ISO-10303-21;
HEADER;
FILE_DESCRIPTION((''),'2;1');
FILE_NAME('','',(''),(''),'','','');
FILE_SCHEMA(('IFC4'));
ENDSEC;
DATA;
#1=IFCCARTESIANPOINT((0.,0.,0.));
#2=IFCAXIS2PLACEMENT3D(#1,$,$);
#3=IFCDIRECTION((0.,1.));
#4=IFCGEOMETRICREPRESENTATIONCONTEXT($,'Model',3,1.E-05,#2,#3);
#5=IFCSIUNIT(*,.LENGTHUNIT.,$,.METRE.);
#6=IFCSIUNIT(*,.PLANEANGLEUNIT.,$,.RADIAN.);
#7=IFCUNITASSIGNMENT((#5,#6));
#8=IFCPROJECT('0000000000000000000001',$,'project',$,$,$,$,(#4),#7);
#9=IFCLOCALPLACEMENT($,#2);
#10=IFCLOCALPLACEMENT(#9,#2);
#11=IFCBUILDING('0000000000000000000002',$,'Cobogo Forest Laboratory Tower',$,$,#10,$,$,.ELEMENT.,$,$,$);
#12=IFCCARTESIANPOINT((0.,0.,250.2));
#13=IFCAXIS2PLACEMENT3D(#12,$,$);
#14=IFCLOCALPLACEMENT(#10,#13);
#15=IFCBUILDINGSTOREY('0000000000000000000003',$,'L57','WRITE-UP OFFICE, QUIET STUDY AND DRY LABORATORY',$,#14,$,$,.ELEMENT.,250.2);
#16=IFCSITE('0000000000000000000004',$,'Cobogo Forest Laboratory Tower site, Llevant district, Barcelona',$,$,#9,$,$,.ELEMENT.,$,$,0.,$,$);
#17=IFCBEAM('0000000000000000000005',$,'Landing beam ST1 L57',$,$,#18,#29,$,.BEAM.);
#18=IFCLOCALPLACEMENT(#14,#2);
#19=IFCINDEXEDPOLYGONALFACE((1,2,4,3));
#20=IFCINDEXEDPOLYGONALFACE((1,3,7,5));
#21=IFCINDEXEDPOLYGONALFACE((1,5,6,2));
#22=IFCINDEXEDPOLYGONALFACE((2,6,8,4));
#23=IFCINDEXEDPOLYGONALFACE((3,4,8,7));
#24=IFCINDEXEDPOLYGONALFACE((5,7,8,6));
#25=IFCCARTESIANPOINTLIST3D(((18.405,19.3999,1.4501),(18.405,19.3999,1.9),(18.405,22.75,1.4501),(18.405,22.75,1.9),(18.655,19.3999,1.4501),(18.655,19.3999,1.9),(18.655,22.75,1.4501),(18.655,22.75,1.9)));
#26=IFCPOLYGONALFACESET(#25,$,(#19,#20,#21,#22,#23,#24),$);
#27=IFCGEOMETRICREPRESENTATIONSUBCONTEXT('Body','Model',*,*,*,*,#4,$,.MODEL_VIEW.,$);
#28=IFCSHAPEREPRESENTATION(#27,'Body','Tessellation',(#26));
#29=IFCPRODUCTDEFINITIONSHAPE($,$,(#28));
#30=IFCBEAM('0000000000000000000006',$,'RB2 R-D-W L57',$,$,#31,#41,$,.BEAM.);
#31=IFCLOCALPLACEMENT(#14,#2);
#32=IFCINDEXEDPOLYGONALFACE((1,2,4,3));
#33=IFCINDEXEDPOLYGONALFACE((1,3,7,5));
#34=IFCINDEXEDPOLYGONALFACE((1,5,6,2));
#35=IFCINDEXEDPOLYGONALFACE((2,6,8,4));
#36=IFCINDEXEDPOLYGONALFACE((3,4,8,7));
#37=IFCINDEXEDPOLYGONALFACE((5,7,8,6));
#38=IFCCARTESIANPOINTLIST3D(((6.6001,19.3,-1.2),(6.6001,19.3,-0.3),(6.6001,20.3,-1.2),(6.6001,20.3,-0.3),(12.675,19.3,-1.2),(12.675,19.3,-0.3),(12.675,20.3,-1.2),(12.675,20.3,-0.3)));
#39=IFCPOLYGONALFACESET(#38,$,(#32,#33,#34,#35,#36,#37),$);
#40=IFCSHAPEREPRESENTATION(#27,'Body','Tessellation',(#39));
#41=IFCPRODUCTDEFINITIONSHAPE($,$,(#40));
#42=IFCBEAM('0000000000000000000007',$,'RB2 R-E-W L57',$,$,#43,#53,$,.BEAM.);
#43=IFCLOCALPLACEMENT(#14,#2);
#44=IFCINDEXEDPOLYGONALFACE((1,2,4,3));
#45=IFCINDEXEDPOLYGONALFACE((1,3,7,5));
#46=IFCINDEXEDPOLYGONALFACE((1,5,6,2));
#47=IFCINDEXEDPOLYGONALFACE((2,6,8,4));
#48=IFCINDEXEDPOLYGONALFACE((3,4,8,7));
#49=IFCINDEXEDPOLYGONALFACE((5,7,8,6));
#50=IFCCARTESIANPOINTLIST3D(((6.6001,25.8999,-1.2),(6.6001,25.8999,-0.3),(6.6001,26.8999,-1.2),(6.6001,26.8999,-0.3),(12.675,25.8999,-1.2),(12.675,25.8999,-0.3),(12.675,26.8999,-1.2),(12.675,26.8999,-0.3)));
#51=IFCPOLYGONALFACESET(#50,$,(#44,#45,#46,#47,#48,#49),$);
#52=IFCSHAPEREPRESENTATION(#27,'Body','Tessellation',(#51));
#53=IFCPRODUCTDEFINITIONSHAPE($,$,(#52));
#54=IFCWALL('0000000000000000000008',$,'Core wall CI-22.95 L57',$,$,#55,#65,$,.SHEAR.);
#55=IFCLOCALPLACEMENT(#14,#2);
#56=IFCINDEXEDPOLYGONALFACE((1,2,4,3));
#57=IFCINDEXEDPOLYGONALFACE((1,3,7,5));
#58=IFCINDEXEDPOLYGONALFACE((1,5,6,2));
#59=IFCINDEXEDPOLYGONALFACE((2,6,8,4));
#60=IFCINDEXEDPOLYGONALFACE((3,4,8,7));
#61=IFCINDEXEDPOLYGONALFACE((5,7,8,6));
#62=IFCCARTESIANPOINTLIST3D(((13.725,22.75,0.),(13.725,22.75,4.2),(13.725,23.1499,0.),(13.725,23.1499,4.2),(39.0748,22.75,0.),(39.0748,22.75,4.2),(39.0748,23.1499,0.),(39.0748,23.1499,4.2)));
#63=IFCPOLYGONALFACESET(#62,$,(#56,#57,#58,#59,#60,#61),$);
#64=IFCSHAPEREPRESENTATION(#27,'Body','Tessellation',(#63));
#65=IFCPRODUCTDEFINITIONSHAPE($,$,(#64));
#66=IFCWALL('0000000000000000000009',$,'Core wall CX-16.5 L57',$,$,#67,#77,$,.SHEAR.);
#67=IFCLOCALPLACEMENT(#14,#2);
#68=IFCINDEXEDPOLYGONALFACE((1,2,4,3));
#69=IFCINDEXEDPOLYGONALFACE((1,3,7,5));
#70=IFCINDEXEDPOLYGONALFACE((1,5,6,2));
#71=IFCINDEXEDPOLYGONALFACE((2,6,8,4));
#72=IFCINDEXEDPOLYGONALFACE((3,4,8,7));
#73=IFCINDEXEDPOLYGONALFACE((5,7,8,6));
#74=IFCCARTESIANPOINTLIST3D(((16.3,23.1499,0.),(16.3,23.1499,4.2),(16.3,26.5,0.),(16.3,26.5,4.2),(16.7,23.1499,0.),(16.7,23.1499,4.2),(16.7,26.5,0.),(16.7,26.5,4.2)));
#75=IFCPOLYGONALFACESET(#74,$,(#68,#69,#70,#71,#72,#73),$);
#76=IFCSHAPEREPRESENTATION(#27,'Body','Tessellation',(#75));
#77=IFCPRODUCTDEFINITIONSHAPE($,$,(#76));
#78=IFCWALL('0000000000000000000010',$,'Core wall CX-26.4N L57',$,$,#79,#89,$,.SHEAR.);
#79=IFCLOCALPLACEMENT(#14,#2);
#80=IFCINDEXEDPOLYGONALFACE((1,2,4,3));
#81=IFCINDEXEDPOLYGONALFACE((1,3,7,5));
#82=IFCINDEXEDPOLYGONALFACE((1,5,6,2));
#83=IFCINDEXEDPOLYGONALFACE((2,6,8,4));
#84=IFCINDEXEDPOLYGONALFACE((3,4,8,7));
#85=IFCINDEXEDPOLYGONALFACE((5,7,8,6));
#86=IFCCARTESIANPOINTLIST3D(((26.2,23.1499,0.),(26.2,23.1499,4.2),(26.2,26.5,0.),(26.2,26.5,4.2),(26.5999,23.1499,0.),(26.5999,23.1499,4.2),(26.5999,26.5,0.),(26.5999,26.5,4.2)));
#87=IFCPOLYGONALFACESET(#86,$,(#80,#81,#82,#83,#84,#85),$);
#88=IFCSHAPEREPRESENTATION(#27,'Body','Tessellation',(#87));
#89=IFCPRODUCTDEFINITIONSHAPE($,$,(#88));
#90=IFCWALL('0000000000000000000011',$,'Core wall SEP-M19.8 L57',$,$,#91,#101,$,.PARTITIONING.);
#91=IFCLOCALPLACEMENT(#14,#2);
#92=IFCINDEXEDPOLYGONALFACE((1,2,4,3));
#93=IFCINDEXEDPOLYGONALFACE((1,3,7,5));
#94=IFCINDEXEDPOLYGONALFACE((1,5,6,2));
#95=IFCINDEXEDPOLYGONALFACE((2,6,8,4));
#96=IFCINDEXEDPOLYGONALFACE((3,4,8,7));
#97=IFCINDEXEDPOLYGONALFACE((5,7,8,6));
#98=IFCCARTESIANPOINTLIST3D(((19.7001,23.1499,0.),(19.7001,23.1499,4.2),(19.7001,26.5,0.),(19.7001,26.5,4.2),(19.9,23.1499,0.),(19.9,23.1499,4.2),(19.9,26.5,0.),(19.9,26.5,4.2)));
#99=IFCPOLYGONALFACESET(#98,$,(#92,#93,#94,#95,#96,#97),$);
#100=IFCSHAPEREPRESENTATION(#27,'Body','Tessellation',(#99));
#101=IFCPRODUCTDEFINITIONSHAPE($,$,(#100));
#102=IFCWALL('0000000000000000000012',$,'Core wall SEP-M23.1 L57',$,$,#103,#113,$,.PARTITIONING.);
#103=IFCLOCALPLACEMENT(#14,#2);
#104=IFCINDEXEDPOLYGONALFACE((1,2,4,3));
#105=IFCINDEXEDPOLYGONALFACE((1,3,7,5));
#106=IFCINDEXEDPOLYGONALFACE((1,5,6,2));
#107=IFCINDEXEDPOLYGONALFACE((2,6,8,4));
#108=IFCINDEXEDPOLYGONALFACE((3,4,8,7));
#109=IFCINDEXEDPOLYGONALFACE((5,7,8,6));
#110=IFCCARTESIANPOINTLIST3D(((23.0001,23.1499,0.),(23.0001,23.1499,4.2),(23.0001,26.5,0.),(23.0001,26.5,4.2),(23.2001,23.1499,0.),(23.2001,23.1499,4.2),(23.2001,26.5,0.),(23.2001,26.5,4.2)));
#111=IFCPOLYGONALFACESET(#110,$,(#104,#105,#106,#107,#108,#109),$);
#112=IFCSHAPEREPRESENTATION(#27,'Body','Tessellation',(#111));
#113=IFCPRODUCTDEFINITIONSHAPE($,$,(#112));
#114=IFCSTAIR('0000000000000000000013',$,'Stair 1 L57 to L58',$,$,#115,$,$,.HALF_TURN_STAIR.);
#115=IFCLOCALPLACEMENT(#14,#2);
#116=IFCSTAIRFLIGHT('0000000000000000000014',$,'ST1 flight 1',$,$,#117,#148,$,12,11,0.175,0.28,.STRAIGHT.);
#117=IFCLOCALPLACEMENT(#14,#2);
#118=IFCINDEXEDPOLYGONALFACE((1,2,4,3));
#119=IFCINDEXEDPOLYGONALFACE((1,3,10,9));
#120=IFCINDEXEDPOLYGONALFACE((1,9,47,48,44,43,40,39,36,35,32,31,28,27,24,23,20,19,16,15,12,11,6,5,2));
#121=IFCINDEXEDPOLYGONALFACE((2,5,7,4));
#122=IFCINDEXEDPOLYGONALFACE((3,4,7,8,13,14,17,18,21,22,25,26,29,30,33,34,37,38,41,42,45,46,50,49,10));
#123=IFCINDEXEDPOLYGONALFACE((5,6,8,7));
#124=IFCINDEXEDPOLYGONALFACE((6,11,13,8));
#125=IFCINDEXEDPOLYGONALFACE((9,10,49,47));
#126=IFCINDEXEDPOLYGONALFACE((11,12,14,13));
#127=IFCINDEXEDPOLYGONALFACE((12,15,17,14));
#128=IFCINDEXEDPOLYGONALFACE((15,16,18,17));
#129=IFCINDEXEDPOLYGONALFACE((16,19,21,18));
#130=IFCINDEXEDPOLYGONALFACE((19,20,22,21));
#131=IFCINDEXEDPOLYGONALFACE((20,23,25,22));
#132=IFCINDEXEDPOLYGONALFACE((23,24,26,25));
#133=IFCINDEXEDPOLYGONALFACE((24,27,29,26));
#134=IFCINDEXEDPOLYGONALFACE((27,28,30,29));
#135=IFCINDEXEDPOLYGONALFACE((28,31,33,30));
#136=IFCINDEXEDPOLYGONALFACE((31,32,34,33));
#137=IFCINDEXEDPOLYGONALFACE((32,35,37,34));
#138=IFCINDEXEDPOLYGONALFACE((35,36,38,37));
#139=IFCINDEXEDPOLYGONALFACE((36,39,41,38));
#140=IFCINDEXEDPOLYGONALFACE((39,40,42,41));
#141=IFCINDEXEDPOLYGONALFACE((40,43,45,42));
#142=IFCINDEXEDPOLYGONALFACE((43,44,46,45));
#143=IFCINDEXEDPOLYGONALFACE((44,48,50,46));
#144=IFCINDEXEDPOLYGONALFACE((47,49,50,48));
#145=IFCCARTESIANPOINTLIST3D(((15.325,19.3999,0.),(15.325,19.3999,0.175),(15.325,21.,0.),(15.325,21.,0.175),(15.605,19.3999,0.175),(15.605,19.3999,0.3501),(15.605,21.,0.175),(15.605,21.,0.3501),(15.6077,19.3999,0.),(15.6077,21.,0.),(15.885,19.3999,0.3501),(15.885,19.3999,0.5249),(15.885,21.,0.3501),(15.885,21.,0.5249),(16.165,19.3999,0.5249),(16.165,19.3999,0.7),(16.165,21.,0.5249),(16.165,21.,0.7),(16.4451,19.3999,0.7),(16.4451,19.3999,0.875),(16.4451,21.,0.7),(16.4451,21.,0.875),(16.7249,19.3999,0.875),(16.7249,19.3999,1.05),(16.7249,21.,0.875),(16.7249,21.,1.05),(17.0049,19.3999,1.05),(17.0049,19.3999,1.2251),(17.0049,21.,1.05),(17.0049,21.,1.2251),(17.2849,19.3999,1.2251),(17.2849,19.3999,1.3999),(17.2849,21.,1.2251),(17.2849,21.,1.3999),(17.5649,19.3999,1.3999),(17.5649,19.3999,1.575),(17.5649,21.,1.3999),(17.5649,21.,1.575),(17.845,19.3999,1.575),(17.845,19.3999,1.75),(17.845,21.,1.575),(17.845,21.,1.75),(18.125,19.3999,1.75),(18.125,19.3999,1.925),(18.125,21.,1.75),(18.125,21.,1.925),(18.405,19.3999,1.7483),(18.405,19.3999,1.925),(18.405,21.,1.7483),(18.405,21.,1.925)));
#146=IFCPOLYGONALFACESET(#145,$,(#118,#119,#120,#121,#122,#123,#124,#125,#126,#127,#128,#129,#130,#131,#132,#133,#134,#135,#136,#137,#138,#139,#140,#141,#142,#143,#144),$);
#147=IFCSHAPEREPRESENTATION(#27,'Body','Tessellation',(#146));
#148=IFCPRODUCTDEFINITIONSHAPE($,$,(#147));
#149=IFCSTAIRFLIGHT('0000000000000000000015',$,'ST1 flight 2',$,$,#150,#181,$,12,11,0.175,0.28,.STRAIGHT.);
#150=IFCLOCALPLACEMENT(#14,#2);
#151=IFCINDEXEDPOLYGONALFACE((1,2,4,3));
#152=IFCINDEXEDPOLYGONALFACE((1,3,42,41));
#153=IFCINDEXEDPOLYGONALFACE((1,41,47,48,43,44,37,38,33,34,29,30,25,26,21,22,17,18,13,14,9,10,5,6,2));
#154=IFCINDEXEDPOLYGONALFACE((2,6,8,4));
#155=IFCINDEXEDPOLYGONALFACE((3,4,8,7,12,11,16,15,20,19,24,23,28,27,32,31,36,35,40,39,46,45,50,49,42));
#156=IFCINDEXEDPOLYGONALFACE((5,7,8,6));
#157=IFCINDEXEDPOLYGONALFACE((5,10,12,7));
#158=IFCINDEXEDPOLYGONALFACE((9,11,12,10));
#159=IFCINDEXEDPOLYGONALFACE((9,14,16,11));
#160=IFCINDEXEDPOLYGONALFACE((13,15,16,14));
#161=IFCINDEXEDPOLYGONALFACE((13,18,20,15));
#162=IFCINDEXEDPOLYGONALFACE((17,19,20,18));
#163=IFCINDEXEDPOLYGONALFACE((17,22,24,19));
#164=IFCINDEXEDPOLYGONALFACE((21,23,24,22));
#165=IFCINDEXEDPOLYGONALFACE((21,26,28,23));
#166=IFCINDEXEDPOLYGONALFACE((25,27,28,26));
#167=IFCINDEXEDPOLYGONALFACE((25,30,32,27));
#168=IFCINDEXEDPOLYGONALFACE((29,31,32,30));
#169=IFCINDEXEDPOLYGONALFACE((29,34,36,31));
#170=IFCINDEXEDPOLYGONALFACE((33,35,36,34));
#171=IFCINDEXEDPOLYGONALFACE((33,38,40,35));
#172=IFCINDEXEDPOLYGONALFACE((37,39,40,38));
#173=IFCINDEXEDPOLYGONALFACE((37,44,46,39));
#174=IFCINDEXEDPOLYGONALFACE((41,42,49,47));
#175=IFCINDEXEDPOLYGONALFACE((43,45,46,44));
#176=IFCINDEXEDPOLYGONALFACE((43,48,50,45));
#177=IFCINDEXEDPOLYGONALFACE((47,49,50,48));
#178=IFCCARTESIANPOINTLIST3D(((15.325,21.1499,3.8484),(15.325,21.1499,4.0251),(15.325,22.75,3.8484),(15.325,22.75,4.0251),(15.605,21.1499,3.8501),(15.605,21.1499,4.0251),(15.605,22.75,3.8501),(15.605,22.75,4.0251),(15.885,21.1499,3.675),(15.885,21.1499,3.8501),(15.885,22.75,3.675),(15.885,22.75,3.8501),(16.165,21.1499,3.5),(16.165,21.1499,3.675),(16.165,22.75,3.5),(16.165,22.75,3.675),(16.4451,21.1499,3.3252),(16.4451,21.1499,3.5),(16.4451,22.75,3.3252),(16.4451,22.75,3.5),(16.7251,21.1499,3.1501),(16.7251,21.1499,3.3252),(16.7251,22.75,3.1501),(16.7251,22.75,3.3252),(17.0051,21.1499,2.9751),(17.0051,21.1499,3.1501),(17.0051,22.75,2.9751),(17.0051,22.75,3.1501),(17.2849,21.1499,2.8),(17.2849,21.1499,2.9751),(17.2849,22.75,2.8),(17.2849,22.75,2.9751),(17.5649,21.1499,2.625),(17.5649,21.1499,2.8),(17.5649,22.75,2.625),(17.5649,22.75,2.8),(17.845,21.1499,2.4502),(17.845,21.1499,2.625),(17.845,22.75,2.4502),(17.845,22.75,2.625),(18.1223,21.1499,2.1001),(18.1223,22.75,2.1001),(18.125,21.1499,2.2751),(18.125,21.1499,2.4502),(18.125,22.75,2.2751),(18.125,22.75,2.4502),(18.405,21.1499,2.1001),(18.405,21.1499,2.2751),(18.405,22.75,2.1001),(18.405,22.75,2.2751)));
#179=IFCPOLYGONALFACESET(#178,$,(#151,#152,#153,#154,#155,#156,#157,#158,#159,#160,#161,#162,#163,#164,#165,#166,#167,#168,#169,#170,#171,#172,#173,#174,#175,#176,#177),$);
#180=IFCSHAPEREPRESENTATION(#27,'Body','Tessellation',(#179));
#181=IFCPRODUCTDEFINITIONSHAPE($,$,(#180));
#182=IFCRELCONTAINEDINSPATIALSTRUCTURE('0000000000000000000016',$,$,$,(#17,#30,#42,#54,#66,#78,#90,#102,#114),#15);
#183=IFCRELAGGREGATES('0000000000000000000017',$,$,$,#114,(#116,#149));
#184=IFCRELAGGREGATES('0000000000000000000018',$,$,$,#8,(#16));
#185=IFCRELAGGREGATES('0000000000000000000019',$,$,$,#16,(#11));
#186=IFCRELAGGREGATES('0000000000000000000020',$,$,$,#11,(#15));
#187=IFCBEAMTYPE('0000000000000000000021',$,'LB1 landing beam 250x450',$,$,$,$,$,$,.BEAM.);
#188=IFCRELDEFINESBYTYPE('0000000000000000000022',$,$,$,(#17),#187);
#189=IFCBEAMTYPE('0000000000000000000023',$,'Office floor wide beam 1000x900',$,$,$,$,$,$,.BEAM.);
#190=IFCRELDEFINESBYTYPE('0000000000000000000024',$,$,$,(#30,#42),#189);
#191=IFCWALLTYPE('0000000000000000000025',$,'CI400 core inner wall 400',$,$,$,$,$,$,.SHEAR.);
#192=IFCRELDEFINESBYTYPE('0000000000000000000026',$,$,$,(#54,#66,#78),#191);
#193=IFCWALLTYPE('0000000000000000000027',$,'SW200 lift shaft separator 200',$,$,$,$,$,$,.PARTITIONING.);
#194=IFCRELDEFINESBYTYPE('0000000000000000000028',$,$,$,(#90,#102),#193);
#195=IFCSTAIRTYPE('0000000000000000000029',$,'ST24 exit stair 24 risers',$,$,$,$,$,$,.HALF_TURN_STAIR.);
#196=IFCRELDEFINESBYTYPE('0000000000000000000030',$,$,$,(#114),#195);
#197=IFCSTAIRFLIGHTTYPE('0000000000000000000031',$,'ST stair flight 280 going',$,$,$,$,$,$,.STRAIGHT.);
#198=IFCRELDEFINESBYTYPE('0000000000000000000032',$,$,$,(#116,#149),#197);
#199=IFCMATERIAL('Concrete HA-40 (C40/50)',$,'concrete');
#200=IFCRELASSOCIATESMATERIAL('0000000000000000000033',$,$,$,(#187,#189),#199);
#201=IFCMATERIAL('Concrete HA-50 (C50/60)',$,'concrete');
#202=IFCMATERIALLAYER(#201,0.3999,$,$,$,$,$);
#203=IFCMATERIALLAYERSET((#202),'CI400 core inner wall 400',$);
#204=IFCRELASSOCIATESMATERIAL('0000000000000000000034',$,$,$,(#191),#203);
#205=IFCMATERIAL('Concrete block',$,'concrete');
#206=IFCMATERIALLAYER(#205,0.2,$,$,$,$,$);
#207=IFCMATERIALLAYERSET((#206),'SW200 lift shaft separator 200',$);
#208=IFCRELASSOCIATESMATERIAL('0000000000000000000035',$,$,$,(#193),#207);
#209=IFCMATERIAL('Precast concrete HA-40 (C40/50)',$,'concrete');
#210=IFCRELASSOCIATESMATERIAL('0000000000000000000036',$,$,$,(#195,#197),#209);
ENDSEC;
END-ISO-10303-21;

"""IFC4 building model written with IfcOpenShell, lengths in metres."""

from ifc_helpers import new_model, si_unit, direction, frame, frame_2d, origin, origin_2d, place, context, subcontext, project, spatial, polyline, rectangle, outline, extrude, material, layer, layer_set, material_profile, profile_set, type_object, element, aggregate, save


model = new_model("IFC4")

# Units and contexts
model_context = context("Model", 3, precision=1e-05, world=origin(), true_north=direction((0.0, 1.0)))
body_context = subcontext(model_context, "Body", "Model", "MODEL_VIEW")
ifc_project = project(units=[si_unit("LENGTHUNIT", "METRE"), si_unit("PLANEANGLEUNIT", "RADIAN")], contexts=[model_context])

# Site, building, storey
site_placement = place(None, origin())
site = spatial("IfcSite", under=ifc_project, at=site_placement, Name="Cobogo Forest Laboratory Tower site, Llevant district, Barcelona", CompositionType="ELEMENT", RefElevation=0.0)
building_placement = place(site_placement, origin())
building = spatial("IfcBuilding", under=site, at=building_placement, Name="Cobogo Forest Laboratory Tower", CompositionType="ELEMENT")
storey_placement = place(building_placement, frame((0.0, 0.0, 250.2)))
storey = spatial("IfcBuildingStorey", under=building, at=storey_placement, Name="L57", Description="WRITE-UP OFFICE, QUIET STUDY AND DRY LABORATORY", CompositionType="ELEMENT", Elevation=250.2)

# Beams
ifc_material_1 = material(Name="Concrete HA-40 (C40/50)", Category="concrete")
ifc_material_profile_1 = material_profile(ifc_material_1, rectangle(XDim=0.25, YDim=0.45, at=origin_2d()), Name="RC 250x450")
ifc_profile_set_1 = profile_set([ifc_material_profile_1], Name="Concrete HA-40 (C40/50)")
beam_type_1 = type_object("IfcBeamType", Name="LB1 landing beam 250x450", PredefinedType="BEAM", material=ifc_profile_set_1)
beam_placement = place(storey_placement, frame((18.53, 19.3999, 1.675), z_axis=(0.0, 1.0, 0.0), x_axis=(-1.0, 0.0, 0.0)))
element("IfcBeam", 1, at=beam_placement, inside=storey, type_object=beam_type_1, Name="Landing beam ST1 L57", PredefinedType="BEAM", context=body_context, shape_type="SweptSolid", body=[
    extrude(rectangle(XDim=0.25, YDim=0.45, at=origin_2d()), origin(), (0.0, 0.0, 1.0), 3.3501),
])
ifc_material_profile_2 = material_profile(ifc_material_1, rectangle(XDim=1.0, YDim=0.8999, at=origin_2d()), Name="RC 1000x900")
ifc_profile_set_2 = profile_set([ifc_material_profile_2], Name="Concrete HA-40 (C40/50)")
beam_type_2 = type_object("IfcBeamType", Name="Office floor wide beam 1000x900", PredefinedType="BEAM", material=ifc_profile_set_2)
for number, where, z_axis, x_axis, name in (
    (2, (12.675, 19.8, -0.75), (-1.0, 0.0, 0.0), (0.0, -1.0, 0.0), "RB2 R-D-W L57"),
    (3, (12.675, 26.3999, -0.75), (-1.0, 0.0, 0.0), (0.0, -1.0, 0.0), "RB2 R-E-W L57"),
):
    element("IfcBeam", number, at=place(storey_placement, frame(where, z_axis=z_axis, x_axis=x_axis)), inside=storey, type_object=beam_type_2, Name=name, PredefinedType="BEAM", context=body_context, shape_type="SweptSolid", body=[
        extrude(rectangle(XDim=1.0, YDim=0.8999, at=origin_2d()), origin(), (0.0, 0.0, 1.0), 6.075),
    ])

# Walls
ifc_material_2 = material(Name="Concrete HA-50 (C50/60)", Category="concrete")
ifc_layer_1 = layer(ifc_material_2, 0.3999)
ifc_layer_set_1 = layer_set([ifc_layer_1], Name="CI400 core inner wall 400")
wall_type_1 = type_object("IfcWallType", Name="CI400 core inner wall 400", PredefinedType="SHEAR", material=ifc_layer_set_1)
wall_placement = place(storey_placement, frame((13.7251, 22.95, 0.0), z_axis=(0.0, 0.0, 1.0), x_axis=(1.0, 0.0, 0.0)))
element("IfcWall", 4, at=wall_placement, inside=storey, type_object=wall_type_1, Name="Core wall CI-22.95 L57", PredefinedType="SHEAR", context=body_context, shape_type="SweptSolid", body=[
    extrude(rectangle(XDim=25.3499, YDim=0.3999, at=frame_2d((12.6748, 0.0))), origin(), (0.0, 0.0, 1.0), 4.2),
])
for number, where, z_axis, x_axis, name in (
    (5, (16.5, 23.1499, 0.0), (0.0, 0.0, 1.0), (0.0, 1.0, 0.0), "Core wall CX-16.5 L57"),
    (6, (26.3999, 23.1499, 0.0), (0.0, 0.0, 1.0), (0.0, 1.0, 0.0), "Core wall CX-26.4N L57"),
):
    element("IfcWall", number, at=place(storey_placement, frame(where, z_axis=z_axis, x_axis=x_axis)), inside=storey, type_object=wall_type_1, Name=name, PredefinedType="SHEAR", context=body_context, shape_type="SweptSolid", body=[
        extrude(rectangle(XDim=3.3501, YDim=0.3999, at=frame_2d((1.675, 0.0))), origin(), (0.0, 0.0, 1.0), 4.2),
    ])
ifc_material_3 = material(Name="Concrete block", Category="concrete")
ifc_layer_2 = layer(ifc_material_3, 0.2)
ifc_layer_set_2 = layer_set([ifc_layer_2], Name="SW200 lift shaft separator 200")
wall_type_2 = type_object("IfcWallType", Name="SW200 lift shaft separator 200", PredefinedType="PARTITIONING", material=ifc_layer_set_2)
for number, where, z_axis, x_axis, name in (
    (7, (19.8, 23.1499, 0.0), (0.0, 0.0, 1.0), (0.0, 1.0, 0.0), "Core wall SEP-M19.8 L57"),
    (8, (23.1001, 23.1499, 0.0), (0.0, 0.0, 1.0), (0.0, 1.0, 0.0), "Core wall SEP-M23.1 L57"),
):
    element("IfcWall", number, at=place(storey_placement, frame(where, z_axis=z_axis, x_axis=x_axis)), inside=storey, type_object=wall_type_2, Name=name, PredefinedType="PARTITIONING", context=body_context, shape_type="SweptSolid", body=[
        extrude(rectangle(XDim=3.3501, YDim=0.2, at=frame_2d((1.675, 0.0))), origin(), (0.0, 0.0, 1.0), 4.2),
    ])

# Stair, stair flights
ifc_material_4 = material(Name="Precast concrete HA-40 (C40/50)", Category="concrete")
stair_type = type_object("IfcStairType", Name="ST24 exit stair 24 risers", PredefinedType="HALF_TURN_STAIR", material=ifc_material_4)
stair_placement = place(storey_placement, origin())
stair = element("IfcStair", 9, at=stair_placement, inside=storey, type_object=stair_type, Name="Stair 1 L57 to L58", PredefinedType="HALF_TURN_STAIR")
stair_flight_type = type_object("IfcStairFlightType", Name="ST stair flight 280 going", PredefinedType="STRAIGHT", material=ifc_material_4)
stair_flight_1_placement = place(storey_placement, frame((15.325, 20.2, 0.0), z_axis=(0.0, 0.0, 1.0), x_axis=(1.0, 0.0, 0.0)))
stair_flight_1 = element("IfcStairFlight", 10, at=stair_flight_1_placement, type_object=stair_flight_type, Name="ST1 flight 1", NumberOfRisers=12, NumberOfTreads=11, PredefinedType="STRAIGHT", RiserHeight=0.175, TreadLength=0.28, context=body_context, shape_type="SweptSolid", body=[
    extrude(outline(polyline([(0.0, 0.0), (0.0, 0.175), (0.28, 0.175), (0.28, 0.3501), (0.5601, 0.3501), (0.5601, 0.5249), (0.8401, 0.5249), (0.8401, 0.7), (1.1201, 0.7), (1.1201, 0.875), (1.3999, 0.875), (1.3999, 1.05), (1.6799, 1.05), (1.6799, 1.2251), (1.96, 1.2251), (1.96, 1.3999), (2.24, 1.3999), (2.24, 1.575), (2.52, 1.575), (2.52, 1.75), (2.8, 1.75), (2.8, 1.925), (3.0801, 1.925), (3.0801, 2.1001), (3.0801, 1.7483), (0.2827, 0.0), (0.0, 0.0)])), frame((0.0, 0.8, 0.0), z_axis=(0.0, -1.0, 0.0), x_axis=(1.0, 0.0, 0.0)), (0.0, 0.0, 1.0), 1.6001),
])
stair_flight_2_placement = place(storey_placement, frame((18.405, 21.95, 2.1001), z_axis=(0.0, 0.0, 1.0), x_axis=(-1.0, 0.0, 0.0)))
stair_flight_2 = element("IfcStairFlight", 11, at=stair_flight_2_placement, type_object=stair_flight_type, Name="ST1 flight 2", NumberOfRisers=12, NumberOfTreads=11, PredefinedType="STRAIGHT", RiserHeight=0.175, TreadLength=0.28, context=body_context, shape_type="SweptSolid", body=[
    extrude(outline(polyline([(0.0, 0.0), (0.0, 0.175), (0.28, 0.175), (0.28, 0.3501), (0.5601, 0.3501), (0.5601, 0.5249), (0.8401, 0.5249), (0.8401, 0.7), (1.1201, 0.7), (1.1201, 0.875), (1.3999, 0.875), (1.3999, 1.05), (1.6799, 1.05), (1.6799, 1.2251), (1.96, 1.2251), (1.96, 1.3999), (2.24, 1.3999), (2.24, 1.575), (2.52, 1.575), (2.52, 1.75), (2.8, 1.75), (2.8, 1.925), (3.0801, 1.925), (3.0801, 2.1001), (3.0801, 1.7483), (0.2827, 0.0), (0.0, 0.0)])), frame((0.0, 0.8, 0.0), z_axis=(0.0, -1.0, 0.0), x_axis=(1.0, 0.0, 0.0)), (0.0, 0.0, 1.0), 1.6001),
])
aggregate(stair, [stair_flight_1, stair_flight_2])

save(model, "model.ifc")
